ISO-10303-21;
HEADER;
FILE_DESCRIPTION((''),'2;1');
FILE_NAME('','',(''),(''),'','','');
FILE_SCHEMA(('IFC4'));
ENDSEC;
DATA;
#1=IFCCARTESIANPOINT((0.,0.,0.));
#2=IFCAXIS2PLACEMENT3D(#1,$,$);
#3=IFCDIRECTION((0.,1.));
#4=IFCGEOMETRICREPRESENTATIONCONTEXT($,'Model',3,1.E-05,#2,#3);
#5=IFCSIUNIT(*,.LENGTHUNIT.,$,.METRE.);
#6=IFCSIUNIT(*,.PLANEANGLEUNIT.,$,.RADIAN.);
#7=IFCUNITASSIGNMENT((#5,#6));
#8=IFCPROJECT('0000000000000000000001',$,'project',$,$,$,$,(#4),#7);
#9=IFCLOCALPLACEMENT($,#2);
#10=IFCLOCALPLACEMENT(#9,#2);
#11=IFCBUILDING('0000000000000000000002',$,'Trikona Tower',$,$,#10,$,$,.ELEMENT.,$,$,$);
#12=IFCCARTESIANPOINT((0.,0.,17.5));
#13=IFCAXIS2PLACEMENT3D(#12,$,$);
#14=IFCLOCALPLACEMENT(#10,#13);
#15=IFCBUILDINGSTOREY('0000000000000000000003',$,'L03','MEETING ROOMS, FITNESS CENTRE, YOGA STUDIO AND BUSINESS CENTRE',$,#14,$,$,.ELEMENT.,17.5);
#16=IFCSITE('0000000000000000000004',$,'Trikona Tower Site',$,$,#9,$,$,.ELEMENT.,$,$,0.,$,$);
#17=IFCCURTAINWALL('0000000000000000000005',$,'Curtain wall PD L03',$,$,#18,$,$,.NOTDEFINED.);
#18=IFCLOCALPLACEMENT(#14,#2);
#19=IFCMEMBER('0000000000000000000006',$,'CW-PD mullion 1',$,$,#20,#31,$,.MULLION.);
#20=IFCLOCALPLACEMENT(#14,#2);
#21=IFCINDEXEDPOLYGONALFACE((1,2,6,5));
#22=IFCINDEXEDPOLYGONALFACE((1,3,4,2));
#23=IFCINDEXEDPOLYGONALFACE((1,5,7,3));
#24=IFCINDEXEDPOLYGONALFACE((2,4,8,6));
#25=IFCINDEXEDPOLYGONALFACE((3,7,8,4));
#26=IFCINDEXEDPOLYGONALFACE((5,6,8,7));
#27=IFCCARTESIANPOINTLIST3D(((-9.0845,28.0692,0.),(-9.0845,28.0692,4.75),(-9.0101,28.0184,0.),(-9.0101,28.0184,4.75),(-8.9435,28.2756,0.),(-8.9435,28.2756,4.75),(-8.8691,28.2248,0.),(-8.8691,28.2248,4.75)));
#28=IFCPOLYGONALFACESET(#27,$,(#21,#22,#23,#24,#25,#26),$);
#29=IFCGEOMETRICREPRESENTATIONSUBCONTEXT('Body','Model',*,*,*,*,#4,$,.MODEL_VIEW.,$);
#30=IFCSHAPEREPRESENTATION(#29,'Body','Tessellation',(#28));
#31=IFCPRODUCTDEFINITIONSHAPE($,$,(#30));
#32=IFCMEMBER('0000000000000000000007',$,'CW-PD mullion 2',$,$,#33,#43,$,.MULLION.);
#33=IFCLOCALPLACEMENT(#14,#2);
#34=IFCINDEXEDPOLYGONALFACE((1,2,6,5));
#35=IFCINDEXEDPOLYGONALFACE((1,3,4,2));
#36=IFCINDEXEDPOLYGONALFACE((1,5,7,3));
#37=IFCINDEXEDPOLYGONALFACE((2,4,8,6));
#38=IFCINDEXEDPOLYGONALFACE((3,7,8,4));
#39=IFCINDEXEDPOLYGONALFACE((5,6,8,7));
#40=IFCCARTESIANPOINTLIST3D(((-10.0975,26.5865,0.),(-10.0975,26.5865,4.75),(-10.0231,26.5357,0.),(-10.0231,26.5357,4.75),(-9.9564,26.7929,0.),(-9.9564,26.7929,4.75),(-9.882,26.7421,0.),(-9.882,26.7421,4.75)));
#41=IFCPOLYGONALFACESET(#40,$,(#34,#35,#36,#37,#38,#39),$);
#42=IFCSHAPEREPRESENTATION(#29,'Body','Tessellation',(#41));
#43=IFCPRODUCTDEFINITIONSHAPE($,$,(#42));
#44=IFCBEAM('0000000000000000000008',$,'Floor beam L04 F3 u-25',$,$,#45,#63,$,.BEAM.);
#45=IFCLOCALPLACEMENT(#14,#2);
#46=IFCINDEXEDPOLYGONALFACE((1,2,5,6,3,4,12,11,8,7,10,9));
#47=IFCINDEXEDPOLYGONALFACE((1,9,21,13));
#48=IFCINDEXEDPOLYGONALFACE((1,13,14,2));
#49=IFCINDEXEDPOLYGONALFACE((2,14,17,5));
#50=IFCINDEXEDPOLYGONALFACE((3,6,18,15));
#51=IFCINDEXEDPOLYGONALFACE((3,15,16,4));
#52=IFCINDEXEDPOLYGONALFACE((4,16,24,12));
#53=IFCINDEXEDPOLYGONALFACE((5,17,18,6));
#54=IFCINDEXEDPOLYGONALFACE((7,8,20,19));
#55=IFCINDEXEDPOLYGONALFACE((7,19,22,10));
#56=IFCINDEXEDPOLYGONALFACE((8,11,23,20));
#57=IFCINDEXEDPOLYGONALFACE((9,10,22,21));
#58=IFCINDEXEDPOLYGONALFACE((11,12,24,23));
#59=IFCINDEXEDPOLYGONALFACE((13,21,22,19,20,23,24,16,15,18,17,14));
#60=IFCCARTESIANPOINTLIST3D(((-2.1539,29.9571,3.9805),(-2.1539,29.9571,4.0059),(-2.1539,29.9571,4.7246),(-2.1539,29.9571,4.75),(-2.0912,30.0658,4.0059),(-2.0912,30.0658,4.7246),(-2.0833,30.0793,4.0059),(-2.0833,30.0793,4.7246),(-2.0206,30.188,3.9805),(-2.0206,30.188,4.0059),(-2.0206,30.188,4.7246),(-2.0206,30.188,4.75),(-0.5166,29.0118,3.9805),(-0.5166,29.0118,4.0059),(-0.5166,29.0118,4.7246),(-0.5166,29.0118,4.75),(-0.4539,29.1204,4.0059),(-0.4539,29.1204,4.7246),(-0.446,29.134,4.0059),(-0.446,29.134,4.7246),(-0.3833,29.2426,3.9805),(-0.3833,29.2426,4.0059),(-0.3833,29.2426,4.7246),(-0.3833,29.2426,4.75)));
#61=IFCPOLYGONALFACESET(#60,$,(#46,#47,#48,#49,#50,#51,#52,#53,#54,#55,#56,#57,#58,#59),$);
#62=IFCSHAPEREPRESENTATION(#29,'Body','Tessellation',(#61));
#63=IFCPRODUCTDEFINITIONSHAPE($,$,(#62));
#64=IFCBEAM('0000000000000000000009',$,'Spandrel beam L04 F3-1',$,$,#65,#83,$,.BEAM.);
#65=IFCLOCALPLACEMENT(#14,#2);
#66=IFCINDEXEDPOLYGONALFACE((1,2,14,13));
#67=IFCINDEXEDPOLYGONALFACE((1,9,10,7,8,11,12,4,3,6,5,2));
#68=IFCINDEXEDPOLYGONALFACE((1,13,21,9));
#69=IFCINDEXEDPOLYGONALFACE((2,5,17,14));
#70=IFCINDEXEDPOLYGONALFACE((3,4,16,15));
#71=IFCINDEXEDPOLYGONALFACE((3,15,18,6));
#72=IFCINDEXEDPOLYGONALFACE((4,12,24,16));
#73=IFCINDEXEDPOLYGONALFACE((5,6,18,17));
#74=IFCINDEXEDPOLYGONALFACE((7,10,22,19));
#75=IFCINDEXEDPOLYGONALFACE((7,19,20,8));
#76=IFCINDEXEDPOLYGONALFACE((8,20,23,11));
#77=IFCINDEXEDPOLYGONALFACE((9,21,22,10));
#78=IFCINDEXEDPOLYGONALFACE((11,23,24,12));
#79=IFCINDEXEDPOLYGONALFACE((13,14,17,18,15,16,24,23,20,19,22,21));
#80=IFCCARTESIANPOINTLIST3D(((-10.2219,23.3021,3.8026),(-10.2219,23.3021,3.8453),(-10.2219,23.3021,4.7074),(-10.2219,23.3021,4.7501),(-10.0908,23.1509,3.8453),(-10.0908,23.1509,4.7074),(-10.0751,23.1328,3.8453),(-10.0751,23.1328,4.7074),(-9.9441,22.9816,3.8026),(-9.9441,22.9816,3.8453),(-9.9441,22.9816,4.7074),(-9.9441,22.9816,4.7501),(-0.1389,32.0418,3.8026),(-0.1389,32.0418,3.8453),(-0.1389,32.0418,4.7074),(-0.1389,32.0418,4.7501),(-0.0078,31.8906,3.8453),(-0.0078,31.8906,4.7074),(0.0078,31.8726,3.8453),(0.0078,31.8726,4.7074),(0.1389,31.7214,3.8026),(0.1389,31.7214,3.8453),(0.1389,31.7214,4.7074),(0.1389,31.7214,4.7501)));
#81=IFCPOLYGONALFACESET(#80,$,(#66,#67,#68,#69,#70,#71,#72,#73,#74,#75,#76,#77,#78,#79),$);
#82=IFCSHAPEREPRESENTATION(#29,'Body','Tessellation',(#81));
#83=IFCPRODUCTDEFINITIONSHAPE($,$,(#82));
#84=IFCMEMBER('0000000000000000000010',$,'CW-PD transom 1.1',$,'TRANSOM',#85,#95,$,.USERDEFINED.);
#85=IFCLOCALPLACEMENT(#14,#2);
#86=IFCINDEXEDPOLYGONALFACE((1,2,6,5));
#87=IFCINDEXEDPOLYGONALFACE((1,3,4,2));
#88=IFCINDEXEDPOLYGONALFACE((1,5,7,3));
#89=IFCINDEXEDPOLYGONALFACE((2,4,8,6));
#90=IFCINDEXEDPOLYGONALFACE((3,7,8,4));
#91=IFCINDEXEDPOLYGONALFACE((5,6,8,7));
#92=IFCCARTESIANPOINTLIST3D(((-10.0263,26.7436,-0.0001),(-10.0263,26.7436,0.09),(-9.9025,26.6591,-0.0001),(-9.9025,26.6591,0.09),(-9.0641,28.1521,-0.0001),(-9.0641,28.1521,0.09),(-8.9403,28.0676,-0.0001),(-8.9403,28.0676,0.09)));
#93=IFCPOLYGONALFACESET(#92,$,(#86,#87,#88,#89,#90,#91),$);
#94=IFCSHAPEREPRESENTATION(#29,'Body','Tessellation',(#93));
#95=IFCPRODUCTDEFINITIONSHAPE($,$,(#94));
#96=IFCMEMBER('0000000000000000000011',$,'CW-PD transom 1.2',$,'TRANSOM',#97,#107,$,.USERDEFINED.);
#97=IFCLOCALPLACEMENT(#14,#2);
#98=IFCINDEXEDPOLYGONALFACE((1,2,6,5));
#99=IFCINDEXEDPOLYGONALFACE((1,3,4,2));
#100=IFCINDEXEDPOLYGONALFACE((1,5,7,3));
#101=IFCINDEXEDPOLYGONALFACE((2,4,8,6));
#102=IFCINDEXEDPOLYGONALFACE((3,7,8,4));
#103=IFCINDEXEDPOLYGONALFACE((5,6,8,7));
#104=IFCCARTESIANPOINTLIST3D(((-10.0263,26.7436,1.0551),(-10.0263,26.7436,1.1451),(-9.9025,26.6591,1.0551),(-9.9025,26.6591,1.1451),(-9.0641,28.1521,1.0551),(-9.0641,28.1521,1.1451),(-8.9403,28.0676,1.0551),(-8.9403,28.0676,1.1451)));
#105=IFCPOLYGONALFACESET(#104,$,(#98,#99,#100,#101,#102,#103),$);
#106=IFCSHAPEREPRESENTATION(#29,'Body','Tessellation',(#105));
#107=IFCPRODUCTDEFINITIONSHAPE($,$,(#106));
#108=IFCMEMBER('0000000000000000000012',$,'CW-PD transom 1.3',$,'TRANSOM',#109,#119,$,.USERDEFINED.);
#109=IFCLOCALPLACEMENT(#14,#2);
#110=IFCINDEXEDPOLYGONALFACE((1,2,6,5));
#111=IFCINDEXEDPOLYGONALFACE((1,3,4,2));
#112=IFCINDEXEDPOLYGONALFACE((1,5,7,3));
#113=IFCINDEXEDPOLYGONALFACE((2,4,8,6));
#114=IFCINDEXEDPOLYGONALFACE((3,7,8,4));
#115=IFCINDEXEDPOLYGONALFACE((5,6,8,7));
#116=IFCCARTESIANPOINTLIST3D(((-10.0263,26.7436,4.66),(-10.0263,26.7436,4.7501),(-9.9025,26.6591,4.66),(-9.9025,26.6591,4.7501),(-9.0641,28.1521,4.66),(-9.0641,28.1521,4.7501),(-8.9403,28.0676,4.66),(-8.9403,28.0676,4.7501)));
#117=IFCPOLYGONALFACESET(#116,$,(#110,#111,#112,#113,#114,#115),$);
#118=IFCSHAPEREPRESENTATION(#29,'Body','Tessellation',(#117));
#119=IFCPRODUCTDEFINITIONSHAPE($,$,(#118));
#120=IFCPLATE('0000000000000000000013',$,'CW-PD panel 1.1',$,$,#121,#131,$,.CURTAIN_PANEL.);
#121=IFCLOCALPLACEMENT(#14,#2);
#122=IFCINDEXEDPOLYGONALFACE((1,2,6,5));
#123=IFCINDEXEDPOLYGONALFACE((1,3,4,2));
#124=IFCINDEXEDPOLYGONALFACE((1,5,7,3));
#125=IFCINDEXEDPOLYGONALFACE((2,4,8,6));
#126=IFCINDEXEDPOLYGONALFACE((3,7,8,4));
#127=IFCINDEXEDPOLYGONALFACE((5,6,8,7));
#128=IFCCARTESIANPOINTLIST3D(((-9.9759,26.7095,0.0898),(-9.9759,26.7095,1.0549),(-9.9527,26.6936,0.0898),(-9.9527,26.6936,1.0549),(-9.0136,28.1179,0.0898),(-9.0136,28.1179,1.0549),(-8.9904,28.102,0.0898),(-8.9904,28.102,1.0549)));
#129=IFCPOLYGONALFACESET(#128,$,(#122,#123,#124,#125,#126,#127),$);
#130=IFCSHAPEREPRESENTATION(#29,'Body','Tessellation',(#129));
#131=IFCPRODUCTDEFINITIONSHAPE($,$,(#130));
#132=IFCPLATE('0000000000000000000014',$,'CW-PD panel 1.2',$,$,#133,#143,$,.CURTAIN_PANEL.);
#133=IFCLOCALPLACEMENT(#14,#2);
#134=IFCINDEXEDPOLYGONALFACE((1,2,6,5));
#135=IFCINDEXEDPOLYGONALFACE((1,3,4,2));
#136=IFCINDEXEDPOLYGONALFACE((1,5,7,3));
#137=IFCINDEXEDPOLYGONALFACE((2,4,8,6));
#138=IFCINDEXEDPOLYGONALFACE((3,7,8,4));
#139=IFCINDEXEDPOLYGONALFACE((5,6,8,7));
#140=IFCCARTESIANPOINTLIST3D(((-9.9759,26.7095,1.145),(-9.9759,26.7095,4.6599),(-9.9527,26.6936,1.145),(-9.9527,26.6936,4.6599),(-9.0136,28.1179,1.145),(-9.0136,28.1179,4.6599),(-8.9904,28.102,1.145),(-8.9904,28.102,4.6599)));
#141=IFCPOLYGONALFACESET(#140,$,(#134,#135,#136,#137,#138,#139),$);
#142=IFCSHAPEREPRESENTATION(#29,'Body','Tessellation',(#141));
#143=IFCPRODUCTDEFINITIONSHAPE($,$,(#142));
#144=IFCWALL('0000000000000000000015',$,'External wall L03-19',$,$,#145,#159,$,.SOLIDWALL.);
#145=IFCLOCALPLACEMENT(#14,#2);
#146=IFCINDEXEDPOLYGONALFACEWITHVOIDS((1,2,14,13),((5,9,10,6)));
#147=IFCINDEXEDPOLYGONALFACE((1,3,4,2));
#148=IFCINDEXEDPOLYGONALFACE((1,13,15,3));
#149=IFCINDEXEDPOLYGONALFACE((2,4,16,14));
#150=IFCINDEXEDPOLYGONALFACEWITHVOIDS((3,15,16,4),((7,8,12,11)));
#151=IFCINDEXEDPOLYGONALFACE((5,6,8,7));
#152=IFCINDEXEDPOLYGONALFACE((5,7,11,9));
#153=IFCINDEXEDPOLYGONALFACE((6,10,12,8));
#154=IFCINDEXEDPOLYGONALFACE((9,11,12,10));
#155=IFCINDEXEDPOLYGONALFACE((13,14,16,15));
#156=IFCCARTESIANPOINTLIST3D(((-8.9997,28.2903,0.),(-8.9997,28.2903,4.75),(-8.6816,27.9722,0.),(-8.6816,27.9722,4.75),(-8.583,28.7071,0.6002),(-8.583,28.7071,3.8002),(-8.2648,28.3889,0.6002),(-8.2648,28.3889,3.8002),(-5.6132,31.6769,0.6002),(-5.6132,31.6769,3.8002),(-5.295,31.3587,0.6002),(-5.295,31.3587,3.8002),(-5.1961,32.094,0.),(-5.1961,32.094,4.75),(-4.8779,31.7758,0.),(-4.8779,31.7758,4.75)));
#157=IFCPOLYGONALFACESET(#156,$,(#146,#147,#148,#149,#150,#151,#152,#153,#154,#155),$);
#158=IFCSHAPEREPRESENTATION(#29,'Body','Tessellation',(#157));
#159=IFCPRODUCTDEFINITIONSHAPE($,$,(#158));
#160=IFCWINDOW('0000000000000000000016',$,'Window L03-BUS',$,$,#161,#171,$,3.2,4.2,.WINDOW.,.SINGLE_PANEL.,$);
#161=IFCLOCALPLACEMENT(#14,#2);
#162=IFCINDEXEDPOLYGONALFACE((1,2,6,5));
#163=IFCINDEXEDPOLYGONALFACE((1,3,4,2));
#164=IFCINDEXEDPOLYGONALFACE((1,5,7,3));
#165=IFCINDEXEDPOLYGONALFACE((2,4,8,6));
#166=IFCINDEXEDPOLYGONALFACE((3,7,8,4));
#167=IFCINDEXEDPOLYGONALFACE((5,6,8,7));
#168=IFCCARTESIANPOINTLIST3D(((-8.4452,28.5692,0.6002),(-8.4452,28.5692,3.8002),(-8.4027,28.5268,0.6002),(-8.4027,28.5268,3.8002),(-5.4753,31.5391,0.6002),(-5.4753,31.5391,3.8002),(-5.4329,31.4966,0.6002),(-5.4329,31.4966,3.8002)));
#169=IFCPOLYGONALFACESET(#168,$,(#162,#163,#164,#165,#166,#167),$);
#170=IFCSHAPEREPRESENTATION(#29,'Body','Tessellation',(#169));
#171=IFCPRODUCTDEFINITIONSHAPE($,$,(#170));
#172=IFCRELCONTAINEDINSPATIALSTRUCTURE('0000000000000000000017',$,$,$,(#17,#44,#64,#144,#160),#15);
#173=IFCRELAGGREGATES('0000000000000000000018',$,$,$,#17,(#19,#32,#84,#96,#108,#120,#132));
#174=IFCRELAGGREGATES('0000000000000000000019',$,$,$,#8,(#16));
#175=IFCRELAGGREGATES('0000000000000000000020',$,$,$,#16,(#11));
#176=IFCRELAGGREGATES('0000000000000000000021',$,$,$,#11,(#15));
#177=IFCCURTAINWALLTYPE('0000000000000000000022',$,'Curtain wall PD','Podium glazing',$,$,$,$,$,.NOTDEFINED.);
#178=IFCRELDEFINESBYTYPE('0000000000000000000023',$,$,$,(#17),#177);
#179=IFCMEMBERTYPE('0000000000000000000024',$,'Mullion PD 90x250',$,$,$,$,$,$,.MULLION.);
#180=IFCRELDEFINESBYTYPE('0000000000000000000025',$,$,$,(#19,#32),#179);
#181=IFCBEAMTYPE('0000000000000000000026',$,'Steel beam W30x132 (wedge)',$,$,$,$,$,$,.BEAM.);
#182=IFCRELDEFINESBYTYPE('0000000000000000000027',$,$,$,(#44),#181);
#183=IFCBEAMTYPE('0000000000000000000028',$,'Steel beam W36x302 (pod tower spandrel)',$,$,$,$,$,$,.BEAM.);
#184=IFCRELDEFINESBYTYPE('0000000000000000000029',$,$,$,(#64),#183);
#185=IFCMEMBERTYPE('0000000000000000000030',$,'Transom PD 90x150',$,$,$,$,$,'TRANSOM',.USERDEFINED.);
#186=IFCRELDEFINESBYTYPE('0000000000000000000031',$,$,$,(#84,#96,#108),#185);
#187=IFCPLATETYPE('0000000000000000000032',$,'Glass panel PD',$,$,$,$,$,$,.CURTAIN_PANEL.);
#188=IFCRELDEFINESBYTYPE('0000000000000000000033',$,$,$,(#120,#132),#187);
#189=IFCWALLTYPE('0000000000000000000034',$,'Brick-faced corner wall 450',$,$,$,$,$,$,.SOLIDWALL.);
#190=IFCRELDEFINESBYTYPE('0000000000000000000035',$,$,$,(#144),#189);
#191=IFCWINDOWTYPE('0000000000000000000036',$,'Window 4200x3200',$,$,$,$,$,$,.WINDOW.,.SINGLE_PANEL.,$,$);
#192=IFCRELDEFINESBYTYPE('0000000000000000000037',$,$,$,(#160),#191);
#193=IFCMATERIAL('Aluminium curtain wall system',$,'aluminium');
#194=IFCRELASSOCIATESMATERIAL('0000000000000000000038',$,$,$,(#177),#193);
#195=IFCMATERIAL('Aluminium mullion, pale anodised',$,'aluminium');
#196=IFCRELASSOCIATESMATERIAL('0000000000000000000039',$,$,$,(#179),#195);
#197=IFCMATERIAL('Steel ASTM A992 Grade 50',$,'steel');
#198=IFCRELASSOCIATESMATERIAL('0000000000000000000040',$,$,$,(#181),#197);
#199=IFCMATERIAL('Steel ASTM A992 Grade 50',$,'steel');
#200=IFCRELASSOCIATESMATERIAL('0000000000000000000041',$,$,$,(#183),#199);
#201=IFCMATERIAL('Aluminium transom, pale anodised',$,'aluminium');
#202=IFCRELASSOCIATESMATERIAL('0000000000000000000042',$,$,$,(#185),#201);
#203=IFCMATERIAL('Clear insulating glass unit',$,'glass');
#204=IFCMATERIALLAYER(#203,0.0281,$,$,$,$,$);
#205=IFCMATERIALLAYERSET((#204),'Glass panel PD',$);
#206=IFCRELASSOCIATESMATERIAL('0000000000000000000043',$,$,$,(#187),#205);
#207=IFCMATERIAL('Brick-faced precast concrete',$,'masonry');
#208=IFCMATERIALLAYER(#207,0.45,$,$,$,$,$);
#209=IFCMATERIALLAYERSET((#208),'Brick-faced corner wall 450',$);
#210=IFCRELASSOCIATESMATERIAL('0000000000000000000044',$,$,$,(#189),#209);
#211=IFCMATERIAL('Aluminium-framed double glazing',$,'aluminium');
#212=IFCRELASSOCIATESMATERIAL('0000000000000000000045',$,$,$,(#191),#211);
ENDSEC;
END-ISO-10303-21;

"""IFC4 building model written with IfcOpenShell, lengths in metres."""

from ifc_helpers import new_model, si_unit, direction, frame, frame_2d, origin, origin_2d, place, context, subcontext, project, spatial, rectangle, i_section, extrude, material, layer, layer_set, material_profile, profile_set, type_object, element, fill, aggregate, save


model = new_model("IFC4")

# Units and contexts
model_context = context("Model", 3, precision=1e-05, world=origin(), true_north=direction((0.0, 1.0)))
body_context = subcontext(model_context, "Body", "Model", "MODEL_VIEW")
ifc_project = project(units=[si_unit("LENGTHUNIT", "METRE"), si_unit("PLANEANGLEUNIT", "RADIAN")], contexts=[model_context])

# Site, building, storey
site_placement = place(None, origin())
site = spatial("IfcSite", under=ifc_project, at=site_placement, Name="Trikona Tower Site", CompositionType="ELEMENT", RefElevation=0.0)
building_placement = place(site_placement, origin())
building = spatial("IfcBuilding", under=site, at=building_placement, Name="Trikona Tower", CompositionType="ELEMENT")
storey_placement = place(building_placement, frame((0.0, 0.0, 17.5)))
storey = spatial("IfcBuildingStorey", under=building, at=storey_placement, Name="L03", Description="MEETING ROOMS, FITNESS CENTRE, YOGA STUDIO AND BUSINESS CENTRE", CompositionType="ELEMENT", Elevation=17.5)

# Curtain wall, members
ifc_material_1 = material(Name="Aluminium curtain wall system", Category="aluminium")
curtain_wall_type = type_object("IfcCurtainWallType", Name="Curtain wall PD", Description="Podium glazing", PredefinedType="NOTDEFINED", material=ifc_material_1)
curtain_wall_placement = place(storey_placement, origin())
curtain_wall = element("IfcCurtainWall", 1, at=curtain_wall_placement, inside=storey, type_object=curtain_wall_type, Name="Curtain wall PD L03", PredefinedType="NOTDEFINED")
ifc_material_2 = material(Name="Aluminium mullion, pale anodised", Category="aluminium")
ifc_material_profile_1 = material_profile(ifc_material_2, rectangle(XDim=0.0901, YDim=0.25, at=origin_2d()), Name="MUL-PD")
ifc_profile_set_1 = profile_set([ifc_material_profile_1], Name="Aluminium mullion, pale anodised")
member_type_1 = type_object("IfcMemberType", Name="Mullion PD 90x250", PredefinedType="MULLION", material=ifc_profile_set_1)
member_1_placement = place(storey_placement, frame((-8.9768, 28.147, 0.0), z_axis=(0.0, 0.0, 1.0), x_axis=(0.825657, -0.564172, 0.0)))
member_1 = element("IfcMember", 2, at=member_1_placement, type_object=member_type_1, Name="CW-PD mullion 1", PredefinedType="MULLION", context=body_context, shape_type="SweptSolid", body=[
    extrude(rectangle(XDim=0.0901, YDim=0.25, at=origin_2d()), origin(), (0.0, 0.0, 1.0), 4.75),
])
member_2_placement = place(storey_placement, frame((-9.9897, 26.6643, 0.0), z_axis=(0.0, 0.0, 1.0), x_axis=(0.825657, -0.564172, 0.0)))
member_2 = element("IfcMember", 3, at=member_2_placement, type_object=member_type_1, Name="CW-PD mullion 2", PredefinedType="MULLION", context=body_context, shape_type="SweptSolid", body=[
    extrude(rectangle(XDim=0.0901, YDim=0.25, at=origin_2d()), origin(), (0.0, 0.0, 1.0), 4.75),
])

# Beams
ifc_material_3 = material(Name="Steel ASTM A992 Grade 50", Category="steel")
ifc_material_profile_2 = material_profile(ifc_material_3, i_section(OverallWidth=0.2666, OverallDepth=0.7695, WebThickness=0.0156, FlangeThickness=0.0254, at=origin_2d()), Name="W30X132")
ifc_profile_set_2 = profile_set([ifc_material_profile_2], Name="Steel ASTM A992 Grade 50")
beam_type_1 = type_object("IfcBeamType", Name="Steel beam W30x132 (wedge)", PredefinedType="BEAM", material=ifc_profile_set_2)
beam_1_placement = place(storey_placement, frame((-0.45, 29.1272, 4.3652), z_axis=(-0.866009, 0.500028, 0.0), x_axis=(-0.500028, -0.866009, 0.0)))
element("IfcBeam", 4, at=beam_1_placement, inside=storey, type_object=beam_type_1, Name="Floor beam L04 F3 u-25", PredefinedType="BEAM", context=body_context, shape_type="SweptSolid", body=[
    extrude(i_section(OverallWidth=0.2666, OverallDepth=0.7695, WebThickness=0.0156, FlangeThickness=0.0254, at=origin_2d()), origin(), (0.0, 0.0, 1.0), 1.8906),
])
ifc_material_4 = material(Name="Steel ASTM A992 Grade 50", Category="steel")
ifc_material_profile_3 = material_profile(ifc_material_4, i_section(OverallWidth=0.4241, OverallDepth=0.9475, WebThickness=0.0239, FlangeThickness=0.0427, at=origin_2d()), Name="W36X302")
ifc_profile_set_3 = profile_set([ifc_material_profile_3], Name="Steel ASTM A992 Grade 50")
beam_type_2 = type_object("IfcBeamType", Name="Steel beam W36x302 (pod tower spandrel)", PredefinedType="BEAM", material=ifc_profile_set_3)
beam_2_placement = place(storey_placement, frame((0.0, 31.8816, 4.2764), z_axis=(-0.755647, -0.654979, 0.0), x_axis=(0.654979, -0.755647, 0.0)))
element("IfcBeam", 5, at=beam_2_placement, inside=storey, type_object=beam_type_2, Name="Spandrel beam L04 F3-1", PredefinedType="BEAM", context=body_context, shape_type="SweptSolid", body=[
    extrude(i_section(OverallWidth=0.4241, OverallDepth=0.9475, WebThickness=0.0239, FlangeThickness=0.0427, at=origin_2d()), origin(), (0.0, 0.0, 1.0), 13.3435),
])

# Members
ifc_material_5 = material(Name="Aluminium transom, pale anodised", Category="aluminium")
ifc_material_profile_4 = material_profile(ifc_material_5, rectangle(XDim=0.1499, YDim=0.0901, at=origin_2d()), Name="TRN-PD")
ifc_profile_set_4 = profile_set([ifc_material_profile_4], Name="Aluminium transom, pale anodised")
member_type_2 = type_object("IfcMemberType", Name="Transom PD 90x150", ElementType="TRANSOM", PredefinedType="USERDEFINED", material=ifc_profile_set_4)
member_3_placement = place(storey_placement, frame((-9.0022, 28.1099, 0.0449), z_axis=(-0.564078, -0.825721, 0.0), x_axis=(0.825721, -0.564078, 0.0)))
member_3 = element("IfcMember", 6, at=member_3_placement, type_object=member_type_2, Name="CW-PD transom 1.1", ObjectType="TRANSOM", PredefinedType="USERDEFINED", context=body_context, shape_type="SweptSolid", body=[
    extrude(rectangle(XDim=0.1499, YDim=0.0901, at=origin_2d()), origin(), (0.0, 0.0, 1.0), 1.7058),
])
member_4_placement = place(storey_placement, frame((-9.0022, 28.1099, 1.1001), z_axis=(-0.564078, -0.825721, 0.0), x_axis=(0.825721, -0.564078, 0.0)))
member_4 = element("IfcMember", 7, at=member_4_placement, type_object=member_type_2, Name="CW-PD transom 1.2", ObjectType="TRANSOM", PredefinedType="USERDEFINED", context=body_context, shape_type="SweptSolid", body=[
    extrude(rectangle(XDim=0.1499, YDim=0.0901, at=origin_2d()), origin(), (0.0, 0.0, 1.0), 1.7058),
])
member_5_placement = place(storey_placement, frame((-9.0022, 28.1099, 4.7051), z_axis=(-0.564078, -0.825721, 0.0), x_axis=(0.825721, -0.564078, 0.0)))
member_5 = element("IfcMember", 8, at=member_5_placement, type_object=member_type_2, Name="CW-PD transom 1.3", ObjectType="TRANSOM", PredefinedType="USERDEFINED", context=body_context, shape_type="SweptSolid", body=[
    extrude(rectangle(XDim=0.1499, YDim=0.0901, at=origin_2d()), origin(), (0.0, 0.0, 1.0), 1.7058),
])

# Plates
ifc_material_6 = material(Name="Clear insulating glass unit", Category="glass")
ifc_layer_1 = layer(ifc_material_6, 0.0281)
ifc_layer_set_1 = layer_set([ifc_layer_1], Name="Glass panel PD")
plate_type = type_object("IfcPlateType", Name="Glass panel PD", PredefinedType="CURTAIN_PANEL", material=ifc_layer_set_1)
plate_1_placement = place(storey_placement, frame((-9.4832, 27.4058, 0.0898), z_axis=(0.0, 0.0, 1.0), x_axis=(-0.564172, -0.825657, 0.0)))
plate_1 = element("IfcPlate", 9, at=plate_1_placement, type_object=plate_type, Name="CW-PD panel 1.1", PredefinedType="CURTAIN_PANEL", context=body_context, shape_type="SweptSolid", body=[
    extrude(rectangle(XDim=1.7058, YDim=0.0281, at=origin_2d()), origin(), (0.0, 0.0, 1.0), 0.9651),
])
plate_2_placement = place(storey_placement, frame((-9.4832, 27.4058, 1.145), z_axis=(0.0, 0.0, 1.0), x_axis=(-0.564172, -0.825657, 0.0)))
plate_2 = element("IfcPlate", 10, at=plate_2_placement, type_object=plate_type, Name="CW-PD panel 1.2", PredefinedType="CURTAIN_PANEL", context=body_context, shape_type="SweptSolid", body=[
    extrude(rectangle(XDim=1.7058, YDim=0.0281, at=origin_2d()), origin(), (0.0, 0.0, 1.0), 3.5149),
])
aggregate(curtain_wall, [member_1, member_2, member_3, member_4, member_5, plate_1, plate_2])

# Wall, opening, window
ifc_material_7 = material(Name="Brick-faced precast concrete", Category="masonry")
ifc_layer_2 = layer(ifc_material_7, 0.45)
ifc_layer_set_2 = layer_set([ifc_layer_2], Name="Brick-faced corner wall 450")
wall_type_1 = type_object("IfcWallType", Name="Brick-faced corner wall 450", PredefinedType="SOLIDWALL", material=ifc_layer_set_2)
wall_1_placement = place(storey_placement, frame((-5.0371, 31.9348, 0.0), z_axis=(0.0, 0.0, 1.0), x_axis=(-0.707107, -0.707107, 0.0)))
wall_1 = element("IfcWall", 11, at=wall_1_placement, inside=storey, type_object=wall_type_1, Name="External wall L03-19", PredefinedType="SOLIDWALL", context=body_context, shape_type="SweptSolid", body=[
    extrude(rectangle(XDim=5.3792, YDim=0.45, at=frame_2d((2.6895, 0.0))), origin(), (0.0, 0.0, 1.0), 4.75),
])
opening_placement = place(wall_1_placement, frame((0.5896, 0.0, 0.6001)))
opening = element("IfcOpeningElement", 12, at=opening_placement, cuts=wall_1, PredefinedType="OPENING", context=body_context, shape_type="SweptSolid", body=[
    extrude(rectangle(XDim=4.2, YDim=3.2, at=frame_2d((2.1001, 1.6001))), frame((0.0, 0.2349, 0.0), z_axis=(0.0, -1.0, 0.0), x_axis=(1.0, 0.0, 0.0)), (0.0, 0.0, 1.0), 0.47),
])
ifc_material_8 = material(Name="Aluminium-framed double glazing", Category="aluminium")
window_type = type_object("IfcWindowType", Name="Window 4200x3200", PartitioningType="SINGLE_PANEL", PredefinedType="WINDOW", material=ifc_material_8)
window_placement = place(opening_placement, origin())
window = element("IfcWindow", 13, at=window_placement, inside=storey, type_object=window_type, Name="Window L03-BUS", OverallHeight=3.2, OverallWidth=4.2, PartitioningType="SINGLE_PANEL", PredefinedType="WINDOW", context=body_context, shape_type="SweptSolid", body=[
    extrude(rectangle(XDim=4.2, YDim=3.2, at=frame_2d((2.1001, 1.6001))), frame((0.0, 0.03, 0.0), z_axis=(0.0, -1.0, 0.0), x_axis=(1.0, 0.0, 0.0)), (0.0, 0.0, 1.0), 0.0601),
])
fill(opening, window)

save(model, "model.ifc")
